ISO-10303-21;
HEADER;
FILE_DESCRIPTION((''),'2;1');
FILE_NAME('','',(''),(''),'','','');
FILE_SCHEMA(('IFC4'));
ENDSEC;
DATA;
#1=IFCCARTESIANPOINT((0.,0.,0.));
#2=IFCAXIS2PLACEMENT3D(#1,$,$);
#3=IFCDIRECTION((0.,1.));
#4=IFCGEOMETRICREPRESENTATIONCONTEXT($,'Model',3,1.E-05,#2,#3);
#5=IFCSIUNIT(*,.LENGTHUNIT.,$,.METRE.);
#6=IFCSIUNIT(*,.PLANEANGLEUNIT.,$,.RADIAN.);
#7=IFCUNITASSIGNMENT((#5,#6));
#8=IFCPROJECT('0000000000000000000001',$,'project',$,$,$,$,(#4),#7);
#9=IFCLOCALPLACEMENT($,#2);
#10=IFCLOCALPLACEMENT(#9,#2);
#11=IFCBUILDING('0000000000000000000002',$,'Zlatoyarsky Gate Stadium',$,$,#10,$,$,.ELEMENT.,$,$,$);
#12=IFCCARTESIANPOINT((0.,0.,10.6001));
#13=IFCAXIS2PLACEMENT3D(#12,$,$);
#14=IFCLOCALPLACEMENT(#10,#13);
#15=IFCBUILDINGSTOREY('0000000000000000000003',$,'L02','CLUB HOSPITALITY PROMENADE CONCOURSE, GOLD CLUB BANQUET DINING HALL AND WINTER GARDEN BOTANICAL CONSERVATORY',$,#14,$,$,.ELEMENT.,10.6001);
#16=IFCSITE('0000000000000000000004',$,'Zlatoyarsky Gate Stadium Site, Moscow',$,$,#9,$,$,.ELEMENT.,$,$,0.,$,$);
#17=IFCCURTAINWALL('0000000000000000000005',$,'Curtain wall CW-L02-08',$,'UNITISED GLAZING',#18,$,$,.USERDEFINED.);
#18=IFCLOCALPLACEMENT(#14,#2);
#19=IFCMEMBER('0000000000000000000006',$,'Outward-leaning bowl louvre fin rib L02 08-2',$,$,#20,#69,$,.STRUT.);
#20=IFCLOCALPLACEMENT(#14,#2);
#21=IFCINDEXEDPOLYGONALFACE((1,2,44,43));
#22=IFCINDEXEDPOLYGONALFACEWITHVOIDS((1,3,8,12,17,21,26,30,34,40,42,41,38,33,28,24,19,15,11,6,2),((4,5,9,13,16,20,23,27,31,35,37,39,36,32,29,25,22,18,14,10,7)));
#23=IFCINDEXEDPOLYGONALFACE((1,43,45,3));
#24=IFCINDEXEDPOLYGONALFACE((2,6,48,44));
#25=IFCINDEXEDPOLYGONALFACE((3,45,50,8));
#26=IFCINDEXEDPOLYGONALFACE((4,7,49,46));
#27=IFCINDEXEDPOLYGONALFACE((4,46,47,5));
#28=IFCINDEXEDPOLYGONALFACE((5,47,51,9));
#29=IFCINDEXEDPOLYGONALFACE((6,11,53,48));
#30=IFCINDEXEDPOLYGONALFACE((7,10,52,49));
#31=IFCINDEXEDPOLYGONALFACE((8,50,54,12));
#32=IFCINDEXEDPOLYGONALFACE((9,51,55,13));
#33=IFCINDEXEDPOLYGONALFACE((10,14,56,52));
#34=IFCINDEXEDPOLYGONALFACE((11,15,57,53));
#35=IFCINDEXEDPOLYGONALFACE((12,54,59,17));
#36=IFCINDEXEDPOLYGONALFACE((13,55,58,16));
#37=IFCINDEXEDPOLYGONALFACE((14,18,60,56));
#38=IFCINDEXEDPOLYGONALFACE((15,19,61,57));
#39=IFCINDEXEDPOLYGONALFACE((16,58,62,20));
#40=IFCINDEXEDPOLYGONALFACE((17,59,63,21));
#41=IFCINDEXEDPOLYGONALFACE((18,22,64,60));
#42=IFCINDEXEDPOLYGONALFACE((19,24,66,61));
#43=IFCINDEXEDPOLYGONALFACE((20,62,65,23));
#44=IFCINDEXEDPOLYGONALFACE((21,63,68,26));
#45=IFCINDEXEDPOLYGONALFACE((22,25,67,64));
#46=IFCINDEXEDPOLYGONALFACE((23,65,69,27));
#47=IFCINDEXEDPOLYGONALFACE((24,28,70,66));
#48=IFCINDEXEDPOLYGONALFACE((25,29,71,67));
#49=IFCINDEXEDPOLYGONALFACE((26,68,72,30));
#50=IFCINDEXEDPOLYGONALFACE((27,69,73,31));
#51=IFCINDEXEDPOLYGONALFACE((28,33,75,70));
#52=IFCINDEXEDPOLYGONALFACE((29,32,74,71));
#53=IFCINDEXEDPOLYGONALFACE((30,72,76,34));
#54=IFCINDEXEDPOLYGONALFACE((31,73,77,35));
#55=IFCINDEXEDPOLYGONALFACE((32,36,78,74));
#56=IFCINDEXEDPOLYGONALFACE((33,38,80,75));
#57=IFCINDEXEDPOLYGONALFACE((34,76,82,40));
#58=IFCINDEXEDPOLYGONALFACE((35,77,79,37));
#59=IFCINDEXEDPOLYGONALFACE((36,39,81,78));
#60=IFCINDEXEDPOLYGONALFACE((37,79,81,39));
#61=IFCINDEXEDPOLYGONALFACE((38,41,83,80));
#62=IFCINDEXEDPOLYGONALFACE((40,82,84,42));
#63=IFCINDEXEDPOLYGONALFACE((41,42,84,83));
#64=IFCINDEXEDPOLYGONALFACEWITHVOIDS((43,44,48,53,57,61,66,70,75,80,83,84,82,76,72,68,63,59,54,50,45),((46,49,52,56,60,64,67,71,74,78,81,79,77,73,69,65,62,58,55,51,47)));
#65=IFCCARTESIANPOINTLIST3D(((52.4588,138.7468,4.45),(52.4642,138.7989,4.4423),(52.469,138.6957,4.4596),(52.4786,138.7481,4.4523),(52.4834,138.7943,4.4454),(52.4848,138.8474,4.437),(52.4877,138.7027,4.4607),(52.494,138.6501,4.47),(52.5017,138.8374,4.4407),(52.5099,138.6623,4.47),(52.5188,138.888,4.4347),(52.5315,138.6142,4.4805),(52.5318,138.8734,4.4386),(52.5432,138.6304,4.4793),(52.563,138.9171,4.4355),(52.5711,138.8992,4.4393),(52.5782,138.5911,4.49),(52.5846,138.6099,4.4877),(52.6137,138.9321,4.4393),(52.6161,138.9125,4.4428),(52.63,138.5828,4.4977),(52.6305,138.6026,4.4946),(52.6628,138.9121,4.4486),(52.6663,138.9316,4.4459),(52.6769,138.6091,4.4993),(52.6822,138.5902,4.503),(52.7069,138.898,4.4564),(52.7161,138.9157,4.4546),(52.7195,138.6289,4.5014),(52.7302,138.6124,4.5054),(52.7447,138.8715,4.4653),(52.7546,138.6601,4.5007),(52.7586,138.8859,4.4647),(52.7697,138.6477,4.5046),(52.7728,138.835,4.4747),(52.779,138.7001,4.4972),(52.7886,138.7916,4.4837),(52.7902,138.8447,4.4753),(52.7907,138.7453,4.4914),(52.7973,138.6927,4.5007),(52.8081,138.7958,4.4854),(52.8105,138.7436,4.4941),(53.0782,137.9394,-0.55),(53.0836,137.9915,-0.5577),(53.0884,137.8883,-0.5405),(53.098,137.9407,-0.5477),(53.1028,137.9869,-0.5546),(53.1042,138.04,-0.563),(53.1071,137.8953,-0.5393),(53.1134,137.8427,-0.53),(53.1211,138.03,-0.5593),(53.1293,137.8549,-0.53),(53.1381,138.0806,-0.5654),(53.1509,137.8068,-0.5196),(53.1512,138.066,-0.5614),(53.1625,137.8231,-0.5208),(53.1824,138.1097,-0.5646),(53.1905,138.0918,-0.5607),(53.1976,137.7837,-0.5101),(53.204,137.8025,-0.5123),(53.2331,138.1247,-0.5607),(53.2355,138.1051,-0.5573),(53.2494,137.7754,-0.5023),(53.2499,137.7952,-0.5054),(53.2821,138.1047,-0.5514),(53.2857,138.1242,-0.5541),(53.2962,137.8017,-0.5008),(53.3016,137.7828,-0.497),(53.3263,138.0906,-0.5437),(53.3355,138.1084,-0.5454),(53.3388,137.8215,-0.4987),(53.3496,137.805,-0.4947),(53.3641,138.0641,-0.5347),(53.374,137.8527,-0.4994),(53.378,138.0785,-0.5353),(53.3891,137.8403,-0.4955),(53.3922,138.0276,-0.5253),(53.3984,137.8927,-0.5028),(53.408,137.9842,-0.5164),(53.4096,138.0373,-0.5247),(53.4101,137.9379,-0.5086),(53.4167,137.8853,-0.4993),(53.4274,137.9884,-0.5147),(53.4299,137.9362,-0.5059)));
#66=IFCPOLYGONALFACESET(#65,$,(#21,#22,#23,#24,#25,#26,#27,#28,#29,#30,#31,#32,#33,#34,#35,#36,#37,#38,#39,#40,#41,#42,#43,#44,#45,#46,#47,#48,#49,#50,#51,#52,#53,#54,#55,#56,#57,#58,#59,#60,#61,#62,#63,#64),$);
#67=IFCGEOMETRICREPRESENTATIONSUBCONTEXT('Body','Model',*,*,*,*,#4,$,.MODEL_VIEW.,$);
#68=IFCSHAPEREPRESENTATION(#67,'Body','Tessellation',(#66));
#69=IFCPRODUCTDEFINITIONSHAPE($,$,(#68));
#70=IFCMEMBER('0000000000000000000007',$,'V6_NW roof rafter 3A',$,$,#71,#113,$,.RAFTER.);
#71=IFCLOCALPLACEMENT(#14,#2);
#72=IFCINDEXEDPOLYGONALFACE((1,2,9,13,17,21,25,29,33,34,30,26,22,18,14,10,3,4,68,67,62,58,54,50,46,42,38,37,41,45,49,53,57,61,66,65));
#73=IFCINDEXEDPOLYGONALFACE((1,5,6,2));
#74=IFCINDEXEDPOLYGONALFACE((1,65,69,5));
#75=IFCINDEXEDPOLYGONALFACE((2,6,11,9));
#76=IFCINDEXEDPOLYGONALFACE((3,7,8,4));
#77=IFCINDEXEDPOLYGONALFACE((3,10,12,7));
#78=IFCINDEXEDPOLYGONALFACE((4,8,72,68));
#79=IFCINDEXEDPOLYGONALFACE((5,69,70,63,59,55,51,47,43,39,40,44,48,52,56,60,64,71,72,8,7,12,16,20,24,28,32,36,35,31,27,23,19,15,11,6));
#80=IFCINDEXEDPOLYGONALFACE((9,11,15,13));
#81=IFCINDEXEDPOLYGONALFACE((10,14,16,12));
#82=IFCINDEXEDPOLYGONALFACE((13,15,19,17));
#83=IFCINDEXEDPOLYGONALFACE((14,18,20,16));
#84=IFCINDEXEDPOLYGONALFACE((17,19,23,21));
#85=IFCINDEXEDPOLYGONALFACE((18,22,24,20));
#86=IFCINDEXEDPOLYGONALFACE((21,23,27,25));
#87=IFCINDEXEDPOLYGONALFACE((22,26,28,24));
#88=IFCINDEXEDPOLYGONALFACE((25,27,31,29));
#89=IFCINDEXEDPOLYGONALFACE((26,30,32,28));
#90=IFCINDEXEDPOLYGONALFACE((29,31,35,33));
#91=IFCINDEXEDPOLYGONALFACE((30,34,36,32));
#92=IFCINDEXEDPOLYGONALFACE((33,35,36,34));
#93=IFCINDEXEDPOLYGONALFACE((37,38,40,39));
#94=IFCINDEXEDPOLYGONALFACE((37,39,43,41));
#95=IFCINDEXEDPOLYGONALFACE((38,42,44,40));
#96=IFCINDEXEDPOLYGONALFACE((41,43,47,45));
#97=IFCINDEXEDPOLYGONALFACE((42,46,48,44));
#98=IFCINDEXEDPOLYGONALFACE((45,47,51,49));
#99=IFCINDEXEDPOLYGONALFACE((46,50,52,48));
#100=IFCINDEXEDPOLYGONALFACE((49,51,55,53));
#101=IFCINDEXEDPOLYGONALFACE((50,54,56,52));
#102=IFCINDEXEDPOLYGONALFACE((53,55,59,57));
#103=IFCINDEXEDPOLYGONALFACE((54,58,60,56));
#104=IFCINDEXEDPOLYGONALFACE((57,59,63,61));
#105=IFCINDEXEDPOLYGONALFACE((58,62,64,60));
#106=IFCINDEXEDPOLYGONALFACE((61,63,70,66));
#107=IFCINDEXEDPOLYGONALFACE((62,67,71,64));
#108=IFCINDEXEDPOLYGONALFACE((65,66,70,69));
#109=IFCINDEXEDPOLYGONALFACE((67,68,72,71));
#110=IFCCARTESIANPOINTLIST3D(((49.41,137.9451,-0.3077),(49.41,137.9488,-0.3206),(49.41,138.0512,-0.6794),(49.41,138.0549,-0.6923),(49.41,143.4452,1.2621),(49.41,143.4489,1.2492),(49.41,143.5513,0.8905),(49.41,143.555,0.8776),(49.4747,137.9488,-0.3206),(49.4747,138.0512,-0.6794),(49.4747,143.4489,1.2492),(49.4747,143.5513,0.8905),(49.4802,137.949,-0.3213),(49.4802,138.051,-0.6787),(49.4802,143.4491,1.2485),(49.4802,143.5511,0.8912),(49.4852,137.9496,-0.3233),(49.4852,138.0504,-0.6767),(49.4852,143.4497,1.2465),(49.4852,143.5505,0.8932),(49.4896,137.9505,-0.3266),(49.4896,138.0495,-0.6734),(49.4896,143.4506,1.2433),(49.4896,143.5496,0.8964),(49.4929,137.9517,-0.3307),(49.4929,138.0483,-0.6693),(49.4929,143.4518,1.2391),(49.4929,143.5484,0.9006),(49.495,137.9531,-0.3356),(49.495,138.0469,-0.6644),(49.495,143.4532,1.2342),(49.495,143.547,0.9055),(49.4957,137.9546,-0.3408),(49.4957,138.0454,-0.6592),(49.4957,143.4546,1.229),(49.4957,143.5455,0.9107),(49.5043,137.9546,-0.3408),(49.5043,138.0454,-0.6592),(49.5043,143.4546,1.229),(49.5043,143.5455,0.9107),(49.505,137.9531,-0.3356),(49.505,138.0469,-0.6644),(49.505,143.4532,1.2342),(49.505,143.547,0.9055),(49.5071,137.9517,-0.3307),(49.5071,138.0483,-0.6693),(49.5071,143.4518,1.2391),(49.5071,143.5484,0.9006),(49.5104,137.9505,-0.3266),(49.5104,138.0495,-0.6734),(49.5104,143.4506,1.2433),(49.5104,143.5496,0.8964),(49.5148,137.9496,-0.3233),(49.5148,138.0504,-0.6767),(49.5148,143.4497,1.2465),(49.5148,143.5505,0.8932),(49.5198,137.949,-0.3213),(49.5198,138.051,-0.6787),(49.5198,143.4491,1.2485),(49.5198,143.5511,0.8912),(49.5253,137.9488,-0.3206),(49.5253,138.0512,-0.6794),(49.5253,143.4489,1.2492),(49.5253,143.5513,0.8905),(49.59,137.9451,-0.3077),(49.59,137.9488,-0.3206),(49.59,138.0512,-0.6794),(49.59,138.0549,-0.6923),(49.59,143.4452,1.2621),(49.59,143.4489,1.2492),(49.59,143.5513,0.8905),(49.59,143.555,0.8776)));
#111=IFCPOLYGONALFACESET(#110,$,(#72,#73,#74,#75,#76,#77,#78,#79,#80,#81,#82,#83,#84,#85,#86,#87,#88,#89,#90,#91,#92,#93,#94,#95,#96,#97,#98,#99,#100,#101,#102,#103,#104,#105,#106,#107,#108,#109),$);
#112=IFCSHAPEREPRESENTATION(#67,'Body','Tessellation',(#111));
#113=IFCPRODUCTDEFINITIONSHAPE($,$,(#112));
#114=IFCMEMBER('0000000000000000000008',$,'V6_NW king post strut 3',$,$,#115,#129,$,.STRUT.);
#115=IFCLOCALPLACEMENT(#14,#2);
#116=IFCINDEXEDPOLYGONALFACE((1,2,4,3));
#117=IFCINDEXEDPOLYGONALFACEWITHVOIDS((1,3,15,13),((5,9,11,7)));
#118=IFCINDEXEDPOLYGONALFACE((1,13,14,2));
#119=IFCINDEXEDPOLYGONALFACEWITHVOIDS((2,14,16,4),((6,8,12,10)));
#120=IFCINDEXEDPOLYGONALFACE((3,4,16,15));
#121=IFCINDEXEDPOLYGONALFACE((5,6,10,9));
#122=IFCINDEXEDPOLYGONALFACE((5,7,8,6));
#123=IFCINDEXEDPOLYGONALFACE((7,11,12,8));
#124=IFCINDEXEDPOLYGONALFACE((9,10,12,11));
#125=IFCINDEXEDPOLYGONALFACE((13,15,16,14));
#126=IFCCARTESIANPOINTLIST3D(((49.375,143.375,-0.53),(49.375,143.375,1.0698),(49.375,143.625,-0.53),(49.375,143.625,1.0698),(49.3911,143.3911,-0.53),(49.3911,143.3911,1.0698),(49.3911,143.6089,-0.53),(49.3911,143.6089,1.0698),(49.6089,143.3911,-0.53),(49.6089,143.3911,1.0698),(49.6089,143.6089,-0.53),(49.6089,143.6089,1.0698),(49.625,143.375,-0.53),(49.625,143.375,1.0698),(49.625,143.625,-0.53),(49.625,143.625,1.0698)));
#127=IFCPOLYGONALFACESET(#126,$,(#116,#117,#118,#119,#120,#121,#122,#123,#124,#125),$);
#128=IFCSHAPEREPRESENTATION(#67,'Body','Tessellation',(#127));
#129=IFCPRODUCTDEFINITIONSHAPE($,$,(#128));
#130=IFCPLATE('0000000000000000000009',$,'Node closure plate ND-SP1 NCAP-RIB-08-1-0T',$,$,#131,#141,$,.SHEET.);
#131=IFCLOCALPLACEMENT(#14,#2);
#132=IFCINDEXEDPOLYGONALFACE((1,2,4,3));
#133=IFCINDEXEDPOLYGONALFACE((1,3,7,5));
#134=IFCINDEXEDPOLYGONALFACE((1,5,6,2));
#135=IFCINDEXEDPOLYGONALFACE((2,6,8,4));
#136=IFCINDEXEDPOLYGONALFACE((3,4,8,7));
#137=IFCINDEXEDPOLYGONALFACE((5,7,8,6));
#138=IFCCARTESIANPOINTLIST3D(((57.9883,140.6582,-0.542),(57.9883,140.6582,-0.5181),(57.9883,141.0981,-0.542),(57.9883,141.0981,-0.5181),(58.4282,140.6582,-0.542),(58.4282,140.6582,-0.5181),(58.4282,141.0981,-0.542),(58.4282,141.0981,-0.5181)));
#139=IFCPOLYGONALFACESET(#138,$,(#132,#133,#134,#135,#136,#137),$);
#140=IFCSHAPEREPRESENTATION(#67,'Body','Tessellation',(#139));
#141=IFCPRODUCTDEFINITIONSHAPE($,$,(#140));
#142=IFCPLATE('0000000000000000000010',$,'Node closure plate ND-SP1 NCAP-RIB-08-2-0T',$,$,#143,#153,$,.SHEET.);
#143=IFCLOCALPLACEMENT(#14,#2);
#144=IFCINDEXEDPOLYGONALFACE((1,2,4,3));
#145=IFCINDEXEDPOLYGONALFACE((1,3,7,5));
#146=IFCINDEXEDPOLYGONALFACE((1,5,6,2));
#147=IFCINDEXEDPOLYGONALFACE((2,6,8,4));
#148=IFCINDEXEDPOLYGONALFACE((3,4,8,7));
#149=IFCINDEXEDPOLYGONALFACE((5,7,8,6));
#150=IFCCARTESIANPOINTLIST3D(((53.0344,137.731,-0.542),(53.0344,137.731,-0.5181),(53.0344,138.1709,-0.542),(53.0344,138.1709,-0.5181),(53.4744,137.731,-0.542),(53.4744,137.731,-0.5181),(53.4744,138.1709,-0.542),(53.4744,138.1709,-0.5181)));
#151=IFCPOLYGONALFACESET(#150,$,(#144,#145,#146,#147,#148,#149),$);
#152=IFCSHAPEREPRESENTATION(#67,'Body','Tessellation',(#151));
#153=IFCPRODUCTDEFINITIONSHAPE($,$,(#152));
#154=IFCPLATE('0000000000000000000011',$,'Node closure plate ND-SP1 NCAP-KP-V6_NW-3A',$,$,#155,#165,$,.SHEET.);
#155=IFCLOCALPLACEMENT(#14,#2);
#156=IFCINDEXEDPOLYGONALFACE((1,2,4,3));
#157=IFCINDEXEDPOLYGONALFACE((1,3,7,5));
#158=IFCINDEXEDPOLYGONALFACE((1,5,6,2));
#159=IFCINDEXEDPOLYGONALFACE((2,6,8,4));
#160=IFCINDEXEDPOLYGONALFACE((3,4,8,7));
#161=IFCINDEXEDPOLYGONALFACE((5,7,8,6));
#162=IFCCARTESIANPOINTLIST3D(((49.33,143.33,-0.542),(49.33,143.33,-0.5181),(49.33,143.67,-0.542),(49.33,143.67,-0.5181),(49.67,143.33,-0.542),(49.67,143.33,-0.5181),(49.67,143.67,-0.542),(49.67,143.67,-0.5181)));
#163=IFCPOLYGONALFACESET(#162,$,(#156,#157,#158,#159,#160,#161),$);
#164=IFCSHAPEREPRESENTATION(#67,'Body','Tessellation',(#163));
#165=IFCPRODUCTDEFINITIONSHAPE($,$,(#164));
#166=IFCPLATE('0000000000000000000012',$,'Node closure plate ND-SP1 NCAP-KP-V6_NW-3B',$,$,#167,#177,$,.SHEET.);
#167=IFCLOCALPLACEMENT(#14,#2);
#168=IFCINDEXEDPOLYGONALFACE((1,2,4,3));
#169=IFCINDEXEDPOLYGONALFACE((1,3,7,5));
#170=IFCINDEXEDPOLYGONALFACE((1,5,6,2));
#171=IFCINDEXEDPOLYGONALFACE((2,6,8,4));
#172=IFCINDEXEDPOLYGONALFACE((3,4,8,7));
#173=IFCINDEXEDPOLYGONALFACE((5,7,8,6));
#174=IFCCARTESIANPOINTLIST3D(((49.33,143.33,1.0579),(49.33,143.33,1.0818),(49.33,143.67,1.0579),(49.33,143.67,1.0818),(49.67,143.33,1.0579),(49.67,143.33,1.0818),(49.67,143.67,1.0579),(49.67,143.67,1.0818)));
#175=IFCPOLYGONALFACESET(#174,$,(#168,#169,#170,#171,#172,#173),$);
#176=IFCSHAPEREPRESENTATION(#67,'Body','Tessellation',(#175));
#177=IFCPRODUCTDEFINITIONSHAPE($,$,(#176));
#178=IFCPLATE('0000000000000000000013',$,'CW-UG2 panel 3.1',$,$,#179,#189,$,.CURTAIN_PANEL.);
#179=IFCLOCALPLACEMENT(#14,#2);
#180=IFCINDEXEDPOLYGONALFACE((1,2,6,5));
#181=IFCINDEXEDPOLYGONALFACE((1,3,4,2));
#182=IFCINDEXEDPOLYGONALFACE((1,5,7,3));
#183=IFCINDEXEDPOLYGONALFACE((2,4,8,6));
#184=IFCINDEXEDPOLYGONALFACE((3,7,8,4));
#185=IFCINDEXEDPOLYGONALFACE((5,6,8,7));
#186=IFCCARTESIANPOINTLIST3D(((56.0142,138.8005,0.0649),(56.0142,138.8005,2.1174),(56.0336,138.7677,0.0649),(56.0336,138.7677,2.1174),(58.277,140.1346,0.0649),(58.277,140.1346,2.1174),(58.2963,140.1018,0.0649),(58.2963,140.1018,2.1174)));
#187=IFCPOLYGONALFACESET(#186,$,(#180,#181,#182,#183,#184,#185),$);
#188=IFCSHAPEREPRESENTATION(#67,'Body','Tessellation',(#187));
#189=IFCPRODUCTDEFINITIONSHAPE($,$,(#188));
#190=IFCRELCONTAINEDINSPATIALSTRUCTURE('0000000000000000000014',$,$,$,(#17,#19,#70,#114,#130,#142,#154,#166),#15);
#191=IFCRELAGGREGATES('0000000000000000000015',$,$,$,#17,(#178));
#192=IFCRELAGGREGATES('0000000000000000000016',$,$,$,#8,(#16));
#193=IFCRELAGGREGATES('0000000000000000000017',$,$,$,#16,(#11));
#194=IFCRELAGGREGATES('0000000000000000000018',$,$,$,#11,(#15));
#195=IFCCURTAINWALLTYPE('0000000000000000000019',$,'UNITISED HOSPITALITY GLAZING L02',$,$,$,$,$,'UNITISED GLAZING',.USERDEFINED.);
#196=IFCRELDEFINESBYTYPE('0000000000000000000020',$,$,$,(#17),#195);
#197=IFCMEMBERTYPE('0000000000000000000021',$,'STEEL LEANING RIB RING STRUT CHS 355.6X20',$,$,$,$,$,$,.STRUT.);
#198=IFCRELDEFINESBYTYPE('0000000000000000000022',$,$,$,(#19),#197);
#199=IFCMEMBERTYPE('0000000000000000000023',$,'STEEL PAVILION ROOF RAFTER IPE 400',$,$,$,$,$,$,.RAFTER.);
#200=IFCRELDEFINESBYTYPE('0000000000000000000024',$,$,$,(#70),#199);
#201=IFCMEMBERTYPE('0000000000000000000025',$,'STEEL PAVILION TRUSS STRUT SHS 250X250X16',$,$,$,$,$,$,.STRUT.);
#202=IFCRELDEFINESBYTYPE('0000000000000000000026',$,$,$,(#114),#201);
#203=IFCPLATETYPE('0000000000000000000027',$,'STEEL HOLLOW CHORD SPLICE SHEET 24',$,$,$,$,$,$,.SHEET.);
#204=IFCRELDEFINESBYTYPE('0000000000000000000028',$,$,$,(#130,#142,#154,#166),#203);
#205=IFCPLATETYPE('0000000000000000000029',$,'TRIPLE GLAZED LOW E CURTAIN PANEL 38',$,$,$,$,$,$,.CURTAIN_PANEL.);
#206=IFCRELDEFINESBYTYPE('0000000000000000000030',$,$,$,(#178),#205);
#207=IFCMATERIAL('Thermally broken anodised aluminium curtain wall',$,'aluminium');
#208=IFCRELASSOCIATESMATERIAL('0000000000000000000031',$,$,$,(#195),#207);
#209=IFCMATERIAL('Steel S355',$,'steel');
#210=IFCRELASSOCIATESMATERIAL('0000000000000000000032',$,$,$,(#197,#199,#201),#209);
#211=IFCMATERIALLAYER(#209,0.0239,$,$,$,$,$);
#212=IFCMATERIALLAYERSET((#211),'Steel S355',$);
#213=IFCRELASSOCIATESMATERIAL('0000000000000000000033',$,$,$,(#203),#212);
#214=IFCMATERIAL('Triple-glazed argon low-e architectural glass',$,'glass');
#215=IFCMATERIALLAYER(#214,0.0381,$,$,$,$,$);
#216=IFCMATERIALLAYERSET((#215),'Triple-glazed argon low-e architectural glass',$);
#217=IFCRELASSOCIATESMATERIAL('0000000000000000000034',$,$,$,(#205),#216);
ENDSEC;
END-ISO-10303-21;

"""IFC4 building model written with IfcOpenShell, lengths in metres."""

from ifc_helpers import new_model, si_unit, direction, frame, origin, origin_2d, place, context, subcontext, project, spatial, rectangle, hollow_rectangle, hollow_circle, i_section, extrude, material, layer, layer_set, material_profile, profile_set, type_object, element, aggregate, save


model = new_model("IFC4")

# Units and contexts
model_context = context("Model", 3, precision=1e-05, world=origin(), true_north=direction((0.0, 1.0)))
body_context = subcontext(model_context, "Body", "Model", "MODEL_VIEW")
ifc_project = project(units=[si_unit("LENGTHUNIT", "METRE"), si_unit("PLANEANGLEUNIT", "RADIAN")], contexts=[model_context])

# Site, building, storey
site_placement = place(None, origin())
site = spatial("IfcSite", under=ifc_project, at=site_placement, Name="Zlatoyarsky Gate Stadium Site, Moscow", CompositionType="ELEMENT", RefElevation=0.0)
building_placement = place(site_placement, origin())
building = spatial("IfcBuilding", under=site, at=building_placement, Name="Zlatoyarsky Gate Stadium", CompositionType="ELEMENT")
storey_placement = place(building_placement, frame((0.0, 0.0, 10.6001)))
storey = spatial("IfcBuildingStorey", under=building, at=storey_placement, Name="L02", Description="CLUB HOSPITALITY PROMENADE CONCOURSE, GOLD CLUB BANQUET DINING HALL AND WINTER GARDEN BOTANICAL CONSERVATORY", CompositionType="ELEMENT", Elevation=10.6001)

# Curtain wall
ifc_material_1 = material(Name="Thermally broken anodised aluminium curtain wall", Category="aluminium")
curtain_wall_type = type_object("IfcCurtainWallType", Name="UNITISED HOSPITALITY GLAZING L02", ElementType="UNITISED GLAZING", PredefinedType="USERDEFINED", material=ifc_material_1)
curtain_wall_placement = place(storey_placement, origin())
curtain_wall = element("IfcCurtainWall", 1, at=curtain_wall_placement, inside=storey, type_object=curtain_wall_type, Name="Curtain wall CW-L02-08", ObjectType="UNITISED GLAZING", PredefinedType="USERDEFINED")

# Shared definitions
ifc_material_2 = material(Name="Steel S355", Category="steel")

# Members
ifc_material_profile_1 = material_profile(ifc_material_2, hollow_circle(Radius=0.1777, WallThickness=0.02, at=origin_2d()), Name="CHS 355.6X20")
ifc_profile_set_1 = profile_set([ifc_material_profile_1], Name="Steel S355")
member_type_1 = type_object("IfcMemberType", Name="STEEL LEANING RIB RING STRUT CHS 355.6X20", PredefinedType="STRUT", material=ifc_profile_set_1)
member_1_placement = place(storey_placement, frame((53.2544, 137.9509, -0.53), z_axis=(-0.121389, 0.158231, 0.979912), x_axis=(-0.793417, -0.608678, 0.0)))
element("IfcMember", 2, at=member_1_placement, inside=storey, type_object=member_type_1, Name="Outward-leaning bowl louvre fin rib L02 08-2", PredefinedType="STRUT", context=body_context, shape_type="SweptSolid", body=[
    extrude(hollow_circle(Radius=0.1777, WallThickness=0.02, at=origin_2d()), origin(), (0.0, 0.0, 1.0), 5.1025),
])
ifc_material_profile_2 = material_profile(ifc_material_2, i_section(OverallWidth=0.1799, OverallDepth=0.3999, WebThickness=0.0085, FlangeThickness=0.0134, FilletRadius=0.021, at=origin_2d()), Name="IPE 400")
ifc_profile_set_2 = profile_set([ifc_material_profile_2], Name="Steel S355")
member_type_2 = type_object("IfcMemberType", Name="STEEL PAVILION ROOF RAFTER IPE 400", PredefinedType="RAFTER", material=ifc_profile_set_2)
member_2_placement = place(storey_placement, frame((49.5, 138.0, -0.5), z_axis=(0.0, 0.961598, 0.274462), x_axis=(-1.0, 0.0, 0.0)))
element("IfcMember", 3, at=member_2_placement, inside=storey, type_object=member_type_2, Name="V6_NW roof rafter 3A", PredefinedType="RAFTER", context=body_context, shape_type="SweptSolid", body=[
    extrude(i_section(OverallWidth=0.1799, OverallDepth=0.3999, WebThickness=0.0085, FlangeThickness=0.0134, FilletRadius=0.021, at=origin_2d()), origin(), (0.0, 0.0, 1.0), 5.7197),
])
ifc_material_profile_3 = material_profile(ifc_material_2, hollow_rectangle(XDim=0.25, YDim=0.25, WallThickness=0.0161, at=origin_2d()), Name="SHS 250X250X16")
ifc_profile_set_3 = profile_set([ifc_material_profile_3], Name="Steel S355")
member_type_3 = type_object("IfcMemberType", Name="STEEL PAVILION TRUSS STRUT SHS 250X250X16", PredefinedType="STRUT", material=ifc_profile_set_3)
member_3_placement = place(storey_placement, frame((49.5, 143.5, -0.53), z_axis=(0.0, 0.0, 1.0), x_axis=(1.0, 0.0, 0.0)))
element("IfcMember", 4, at=member_3_placement, inside=storey, type_object=member_type_3, Name="V6_NW king post strut 3", PredefinedType="STRUT", context=body_context, shape_type="SweptSolid", body=[
    extrude(hollow_rectangle(XDim=0.25, YDim=0.25, WallThickness=0.0161, at=origin_2d()), origin(), (0.0, 0.0, 1.0), 1.5999),
])

# Plates
ifc_layer_1 = layer(ifc_material_2, 0.0239)
ifc_layer_set_1 = layer_set([ifc_layer_1], Name="Steel S355")
plate_type_1 = type_object("IfcPlateType", Name="STEEL HOLLOW CHORD SPLICE SHEET 24", PredefinedType="SHEET", material=ifc_layer_set_1)
for number, where, z_axis, x_axis, name in (
    (5, (58.2083, 140.8782, -0.542), (0.0, 0.0, 1.0), (1.0, 0.0, 0.0), "Node closure plate ND-SP1 NCAP-RIB-08-1-0T"),
    (6, (53.2544, 137.9509, -0.542), (0.0, 0.0, 1.0), (1.0, 0.0, 0.0), "Node closure plate ND-SP1 NCAP-RIB-08-2-0T"),
):
    element("IfcPlate", number, at=place(storey_placement, frame(where, z_axis=z_axis, x_axis=x_axis)), inside=storey, type_object=plate_type_1, Name=name, PredefinedType="SHEET", context=body_context, shape_type="SweptSolid", body=[
        extrude(rectangle(XDim=0.4399, YDim=0.4399, at=origin_2d()), origin(), (0.0, 0.0, 1.0), 0.0239),
    ])
for number, where, z_axis, x_axis, name in (
    (7, (49.5, 143.5, -0.542), (0.0, 0.0, 1.0), (1.0, 0.0, 0.0), "Node closure plate ND-SP1 NCAP-KP-V6_NW-3A"),
    (8, (49.5, 143.5, 1.0579), (0.0, 0.0, 1.0), (1.0, 0.0, 0.0), "Node closure plate ND-SP1 NCAP-KP-V6_NW-3B"),
):
    element("IfcPlate", number, at=place(storey_placement, frame(where, z_axis=z_axis, x_axis=x_axis)), inside=storey, type_object=plate_type_1, Name=name, PredefinedType="SHEET", context=body_context, shape_type="SweptSolid", body=[
        extrude(rectangle(XDim=0.3401, YDim=0.3401, at=origin_2d()), origin(), (0.0, 0.0, 1.0), 0.0239),
    ])

# Plate
ifc_material_3 = material(Name="Triple-glazed argon low-e architectural glass", Category="glass")
ifc_layer_2 = layer(ifc_material_3, 0.0381)
ifc_layer_set_2 = layer_set([ifc_layer_2], Name="Triple-glazed argon low-e architectural glass")
plate_type_2 = type_object("IfcPlateType", Name="TRIPLE GLAZED LOW E CURTAIN PANEL 38", PredefinedType="CURTAIN_PANEL", material=ifc_layer_set_2)
plate_1_placement = place(storey_placement, frame((57.1553, 139.4512, 0.0649), z_axis=(0.0, 0.0, 1.0), x_axis=(-0.861426, -0.507882, 0.0)))
plate_1 = element("IfcPlate", 9, at=plate_1_placement, type_object=plate_type_2, Name="CW-UG2 panel 3.1", PredefinedType="CURTAIN_PANEL", context=body_context, shape_type="SweptSolid", body=[
    extrude(rectangle(XDim=2.6267, YDim=0.0381, at=origin_2d()), origin(), (0.0, 0.0, 1.0), 2.0525),
])
aggregate(curtain_wall, [plate_1])

save(model, "model.ifc")
